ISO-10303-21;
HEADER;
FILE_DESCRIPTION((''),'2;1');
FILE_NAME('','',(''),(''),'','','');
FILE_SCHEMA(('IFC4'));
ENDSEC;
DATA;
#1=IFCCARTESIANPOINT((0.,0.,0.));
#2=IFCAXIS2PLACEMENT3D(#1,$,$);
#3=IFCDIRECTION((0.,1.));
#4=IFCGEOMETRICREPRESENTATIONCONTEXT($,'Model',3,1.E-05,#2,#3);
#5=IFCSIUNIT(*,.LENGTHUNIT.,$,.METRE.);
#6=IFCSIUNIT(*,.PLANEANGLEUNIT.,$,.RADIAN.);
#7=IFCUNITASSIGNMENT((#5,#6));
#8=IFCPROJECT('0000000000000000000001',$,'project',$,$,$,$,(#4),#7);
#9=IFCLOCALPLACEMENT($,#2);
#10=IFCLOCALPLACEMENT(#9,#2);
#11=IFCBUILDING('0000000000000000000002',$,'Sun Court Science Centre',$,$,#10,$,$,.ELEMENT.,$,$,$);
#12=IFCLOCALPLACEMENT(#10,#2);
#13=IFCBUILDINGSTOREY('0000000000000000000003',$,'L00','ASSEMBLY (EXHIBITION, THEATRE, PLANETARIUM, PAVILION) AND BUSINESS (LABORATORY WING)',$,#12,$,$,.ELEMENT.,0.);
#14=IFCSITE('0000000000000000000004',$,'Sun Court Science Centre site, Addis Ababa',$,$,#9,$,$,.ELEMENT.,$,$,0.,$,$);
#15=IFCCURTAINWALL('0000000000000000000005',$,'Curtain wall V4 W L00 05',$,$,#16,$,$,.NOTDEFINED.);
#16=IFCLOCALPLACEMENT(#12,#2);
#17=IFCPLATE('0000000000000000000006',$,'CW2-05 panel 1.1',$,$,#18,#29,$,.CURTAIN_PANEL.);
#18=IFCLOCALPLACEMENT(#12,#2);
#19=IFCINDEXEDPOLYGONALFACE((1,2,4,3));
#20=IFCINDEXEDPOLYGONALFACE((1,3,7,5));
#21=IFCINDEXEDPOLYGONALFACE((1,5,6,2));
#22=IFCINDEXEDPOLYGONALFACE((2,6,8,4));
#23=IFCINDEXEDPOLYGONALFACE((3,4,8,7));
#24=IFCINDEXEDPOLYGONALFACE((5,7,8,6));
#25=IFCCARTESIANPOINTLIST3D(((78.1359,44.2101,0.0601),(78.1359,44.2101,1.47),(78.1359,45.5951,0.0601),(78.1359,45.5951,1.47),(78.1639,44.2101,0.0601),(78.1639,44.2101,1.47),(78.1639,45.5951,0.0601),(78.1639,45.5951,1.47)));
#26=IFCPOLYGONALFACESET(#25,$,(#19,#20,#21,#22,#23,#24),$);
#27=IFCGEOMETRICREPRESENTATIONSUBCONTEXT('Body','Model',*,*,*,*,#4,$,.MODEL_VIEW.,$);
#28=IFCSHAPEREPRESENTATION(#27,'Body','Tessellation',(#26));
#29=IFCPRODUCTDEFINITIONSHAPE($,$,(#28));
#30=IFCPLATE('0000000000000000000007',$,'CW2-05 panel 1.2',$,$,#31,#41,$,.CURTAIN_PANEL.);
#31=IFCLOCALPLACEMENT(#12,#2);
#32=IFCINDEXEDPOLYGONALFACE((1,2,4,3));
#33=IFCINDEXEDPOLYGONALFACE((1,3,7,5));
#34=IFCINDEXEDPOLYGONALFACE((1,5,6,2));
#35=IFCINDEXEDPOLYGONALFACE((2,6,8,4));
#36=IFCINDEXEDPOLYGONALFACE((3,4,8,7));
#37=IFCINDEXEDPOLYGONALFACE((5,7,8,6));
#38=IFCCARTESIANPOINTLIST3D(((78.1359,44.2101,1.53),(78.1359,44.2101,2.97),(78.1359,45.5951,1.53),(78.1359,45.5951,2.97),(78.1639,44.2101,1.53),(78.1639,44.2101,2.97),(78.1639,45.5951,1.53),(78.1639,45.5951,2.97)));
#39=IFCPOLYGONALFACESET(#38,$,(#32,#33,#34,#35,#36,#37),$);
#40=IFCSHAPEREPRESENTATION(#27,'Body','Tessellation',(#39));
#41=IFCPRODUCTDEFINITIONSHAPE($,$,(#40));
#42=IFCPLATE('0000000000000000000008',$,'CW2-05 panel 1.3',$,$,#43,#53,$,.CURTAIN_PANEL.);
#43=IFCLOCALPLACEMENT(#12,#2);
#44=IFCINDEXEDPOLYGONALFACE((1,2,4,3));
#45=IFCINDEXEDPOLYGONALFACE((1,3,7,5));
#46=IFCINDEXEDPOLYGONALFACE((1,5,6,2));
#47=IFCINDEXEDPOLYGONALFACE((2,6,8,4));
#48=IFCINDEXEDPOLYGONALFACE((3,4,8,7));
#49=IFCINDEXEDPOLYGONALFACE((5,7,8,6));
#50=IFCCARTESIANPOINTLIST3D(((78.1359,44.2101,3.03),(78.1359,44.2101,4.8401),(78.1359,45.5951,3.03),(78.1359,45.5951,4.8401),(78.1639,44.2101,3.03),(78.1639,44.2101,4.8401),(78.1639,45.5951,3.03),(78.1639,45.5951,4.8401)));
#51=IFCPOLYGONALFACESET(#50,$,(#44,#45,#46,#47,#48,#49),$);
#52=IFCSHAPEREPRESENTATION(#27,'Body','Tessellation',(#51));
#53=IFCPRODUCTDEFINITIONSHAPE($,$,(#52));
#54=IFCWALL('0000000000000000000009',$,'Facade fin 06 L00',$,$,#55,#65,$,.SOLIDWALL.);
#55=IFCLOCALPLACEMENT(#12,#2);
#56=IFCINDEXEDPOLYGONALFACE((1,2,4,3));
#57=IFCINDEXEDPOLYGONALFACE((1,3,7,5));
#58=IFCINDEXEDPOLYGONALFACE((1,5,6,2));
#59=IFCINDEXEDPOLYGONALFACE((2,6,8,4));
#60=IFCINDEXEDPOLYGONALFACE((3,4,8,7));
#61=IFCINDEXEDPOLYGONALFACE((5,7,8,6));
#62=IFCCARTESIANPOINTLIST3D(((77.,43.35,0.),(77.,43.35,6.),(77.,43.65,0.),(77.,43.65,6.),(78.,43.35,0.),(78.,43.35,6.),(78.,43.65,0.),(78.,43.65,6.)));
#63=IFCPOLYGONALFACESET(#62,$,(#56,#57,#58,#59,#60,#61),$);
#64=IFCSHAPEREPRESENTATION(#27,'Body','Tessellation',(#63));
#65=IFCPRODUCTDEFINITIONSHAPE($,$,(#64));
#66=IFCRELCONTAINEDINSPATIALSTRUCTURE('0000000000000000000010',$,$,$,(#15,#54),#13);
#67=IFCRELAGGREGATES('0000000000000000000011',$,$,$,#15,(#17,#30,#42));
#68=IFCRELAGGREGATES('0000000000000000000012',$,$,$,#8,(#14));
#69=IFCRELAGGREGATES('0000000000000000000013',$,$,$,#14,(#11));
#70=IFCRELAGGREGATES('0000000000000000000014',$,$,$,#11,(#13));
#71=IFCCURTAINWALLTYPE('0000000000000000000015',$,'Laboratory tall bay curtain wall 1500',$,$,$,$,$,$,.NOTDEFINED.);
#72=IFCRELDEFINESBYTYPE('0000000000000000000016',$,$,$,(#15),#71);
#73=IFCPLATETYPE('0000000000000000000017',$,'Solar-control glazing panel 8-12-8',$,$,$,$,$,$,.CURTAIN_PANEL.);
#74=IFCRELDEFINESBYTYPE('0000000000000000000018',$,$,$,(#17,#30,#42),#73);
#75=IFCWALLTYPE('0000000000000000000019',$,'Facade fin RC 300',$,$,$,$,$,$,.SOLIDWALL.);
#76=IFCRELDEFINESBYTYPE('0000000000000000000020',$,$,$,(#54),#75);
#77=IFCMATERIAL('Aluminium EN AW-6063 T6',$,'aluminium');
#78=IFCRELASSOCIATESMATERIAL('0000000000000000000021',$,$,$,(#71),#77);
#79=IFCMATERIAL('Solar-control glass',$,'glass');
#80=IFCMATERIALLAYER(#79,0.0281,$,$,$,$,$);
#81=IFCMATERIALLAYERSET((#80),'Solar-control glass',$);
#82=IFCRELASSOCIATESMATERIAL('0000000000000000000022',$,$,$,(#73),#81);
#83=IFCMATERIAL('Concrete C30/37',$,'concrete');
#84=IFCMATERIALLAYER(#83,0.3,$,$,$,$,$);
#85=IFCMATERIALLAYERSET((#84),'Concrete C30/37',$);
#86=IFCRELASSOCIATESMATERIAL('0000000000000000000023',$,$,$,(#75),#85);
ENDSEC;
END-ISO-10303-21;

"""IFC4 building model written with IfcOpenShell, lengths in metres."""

from ifc_helpers import new_model, si_unit, direction, frame, frame_2d, origin, origin_2d, place, context, subcontext, project, spatial, rectangle, extrude, material, layer, layer_set, type_object, element, aggregate, save


model = new_model("IFC4")

# Units and contexts
model_context = context("Model", 3, precision=1e-05, world=origin(), true_north=direction((0.0, 1.0)))
body_context = subcontext(model_context, "Body", "Model", "MODEL_VIEW")
ifc_project = project(units=[si_unit("LENGTHUNIT", "METRE"), si_unit("PLANEANGLEUNIT", "RADIAN")], contexts=[model_context])

# Site, building, storey
site_placement = place(None, origin())
site = spatial("IfcSite", under=ifc_project, at=site_placement, Name="Sun Court Science Centre site, Addis Ababa", CompositionType="ELEMENT", RefElevation=0.0)
building_placement = place(site_placement, origin())
building = spatial("IfcBuilding", under=site, at=building_placement, Name="Sun Court Science Centre", CompositionType="ELEMENT")
storey_placement = place(building_placement, origin())
storey = spatial("IfcBuildingStorey", under=building, at=storey_placement, Name="L00", Description="ASSEMBLY (EXHIBITION, THEATRE, PLANETARIUM, PAVILION) AND BUSINESS (LABORATORY WING)", CompositionType="ELEMENT", Elevation=0.0)

# Curtain wall
ifc_material_1 = material(Name="Aluminium EN AW-6063 T6", Category="aluminium")
curtain_wall_type_1 = type_object("IfcCurtainWallType", Name="Laboratory tall bay curtain wall 1500", PredefinedType="NOTDEFINED", material=ifc_material_1)
curtain_wall_1_placement = place(storey_placement, origin())
curtain_wall_1 = element("IfcCurtainWall", 1, at=curtain_wall_1_placement, inside=storey, type_object=curtain_wall_type_1, Name="Curtain wall V4 W L00 05", PredefinedType="NOTDEFINED")

# Plates
ifc_material_2 = material(Name="Solar-control glass", Category="glass")
ifc_layer_1 = layer(ifc_material_2, 0.0281)
ifc_layer_set_1 = layer_set([ifc_layer_1], Name="Solar-control glass")
plate_type_1 = type_object("IfcPlateType", Name="Solar-control glazing panel 8-12-8", PredefinedType="CURTAIN_PANEL", material=ifc_layer_set_1)
plate_1_placement = place(storey_placement, frame((78.1499, 44.9026, 0.0601), z_axis=(0.0, 0.0, 1.0), x_axis=(0.0, 1.0, 0.0)))
plate_1 = element("IfcPlate", 2, at=plate_1_placement, type_object=plate_type_1, Name="CW2-05 panel 1.1", PredefinedType="CURTAIN_PANEL", context=body_context, shape_type="SweptSolid", body=[
    extrude(rectangle(XDim=1.385, YDim=0.0281, at=origin_2d()), origin(), (0.0, 0.0, 1.0), 1.4099),
])
plate_2_placement = place(storey_placement, frame((78.1499, 44.9026, 1.53), z_axis=(0.0, 0.0, 1.0), x_axis=(0.0, 1.0, 0.0)))
plate_2 = element("IfcPlate", 3, at=plate_2_placement, type_object=plate_type_1, Name="CW2-05 panel 1.2", PredefinedType="CURTAIN_PANEL", context=body_context, shape_type="SweptSolid", body=[
    extrude(rectangle(XDim=1.385, YDim=0.0281, at=origin_2d()), origin(), (0.0, 0.0, 1.0), 1.4399),
])
plate_3_placement = place(storey_placement, frame((78.1499, 44.9026, 3.03), z_axis=(0.0, 0.0, 1.0), x_axis=(0.0, 1.0, 0.0)))
plate_3 = element("IfcPlate", 4, at=plate_3_placement, type_object=plate_type_1, Name="CW2-05 panel 1.3", PredefinedType="CURTAIN_PANEL", context=body_context, shape_type="SweptSolid", body=[
    extrude(rectangle(XDim=1.385, YDim=0.0281, at=origin_2d()), origin(), (0.0, 0.0, 1.0), 1.8101),
])
aggregate(curtain_wall_1, [plate_1, plate_2, plate_3])

# Wall
ifc_material_3 = material(Name="Concrete C30/37", Category="concrete")
ifc_layer_2 = layer(ifc_material_3, 0.3)
ifc_layer_set_2 = layer_set([ifc_layer_2], Name="Concrete C30/37")
wall_type = type_object("IfcWallType", Name="Facade fin RC 300", PredefinedType="SOLIDWALL", material=ifc_layer_set_2)
wall_placement = place(storey_placement, frame((77.0, 43.5, 0.0), z_axis=(0.0, 0.0, 1.0), x_axis=(1.0, 0.0, 0.0)))
element("IfcWall", 5, at=wall_placement, inside=storey, type_object=wall_type, Name="Facade fin 06 L00", PredefinedType="SOLIDWALL", context=body_context, shape_type="SweptSolid", body=[
    extrude(rectangle(XDim=1.0, YDim=0.3, at=frame_2d((0.5, 0.0))), origin(), (0.0, 0.0, 1.0), 6.0),
])

save(model, "model.ifc")
